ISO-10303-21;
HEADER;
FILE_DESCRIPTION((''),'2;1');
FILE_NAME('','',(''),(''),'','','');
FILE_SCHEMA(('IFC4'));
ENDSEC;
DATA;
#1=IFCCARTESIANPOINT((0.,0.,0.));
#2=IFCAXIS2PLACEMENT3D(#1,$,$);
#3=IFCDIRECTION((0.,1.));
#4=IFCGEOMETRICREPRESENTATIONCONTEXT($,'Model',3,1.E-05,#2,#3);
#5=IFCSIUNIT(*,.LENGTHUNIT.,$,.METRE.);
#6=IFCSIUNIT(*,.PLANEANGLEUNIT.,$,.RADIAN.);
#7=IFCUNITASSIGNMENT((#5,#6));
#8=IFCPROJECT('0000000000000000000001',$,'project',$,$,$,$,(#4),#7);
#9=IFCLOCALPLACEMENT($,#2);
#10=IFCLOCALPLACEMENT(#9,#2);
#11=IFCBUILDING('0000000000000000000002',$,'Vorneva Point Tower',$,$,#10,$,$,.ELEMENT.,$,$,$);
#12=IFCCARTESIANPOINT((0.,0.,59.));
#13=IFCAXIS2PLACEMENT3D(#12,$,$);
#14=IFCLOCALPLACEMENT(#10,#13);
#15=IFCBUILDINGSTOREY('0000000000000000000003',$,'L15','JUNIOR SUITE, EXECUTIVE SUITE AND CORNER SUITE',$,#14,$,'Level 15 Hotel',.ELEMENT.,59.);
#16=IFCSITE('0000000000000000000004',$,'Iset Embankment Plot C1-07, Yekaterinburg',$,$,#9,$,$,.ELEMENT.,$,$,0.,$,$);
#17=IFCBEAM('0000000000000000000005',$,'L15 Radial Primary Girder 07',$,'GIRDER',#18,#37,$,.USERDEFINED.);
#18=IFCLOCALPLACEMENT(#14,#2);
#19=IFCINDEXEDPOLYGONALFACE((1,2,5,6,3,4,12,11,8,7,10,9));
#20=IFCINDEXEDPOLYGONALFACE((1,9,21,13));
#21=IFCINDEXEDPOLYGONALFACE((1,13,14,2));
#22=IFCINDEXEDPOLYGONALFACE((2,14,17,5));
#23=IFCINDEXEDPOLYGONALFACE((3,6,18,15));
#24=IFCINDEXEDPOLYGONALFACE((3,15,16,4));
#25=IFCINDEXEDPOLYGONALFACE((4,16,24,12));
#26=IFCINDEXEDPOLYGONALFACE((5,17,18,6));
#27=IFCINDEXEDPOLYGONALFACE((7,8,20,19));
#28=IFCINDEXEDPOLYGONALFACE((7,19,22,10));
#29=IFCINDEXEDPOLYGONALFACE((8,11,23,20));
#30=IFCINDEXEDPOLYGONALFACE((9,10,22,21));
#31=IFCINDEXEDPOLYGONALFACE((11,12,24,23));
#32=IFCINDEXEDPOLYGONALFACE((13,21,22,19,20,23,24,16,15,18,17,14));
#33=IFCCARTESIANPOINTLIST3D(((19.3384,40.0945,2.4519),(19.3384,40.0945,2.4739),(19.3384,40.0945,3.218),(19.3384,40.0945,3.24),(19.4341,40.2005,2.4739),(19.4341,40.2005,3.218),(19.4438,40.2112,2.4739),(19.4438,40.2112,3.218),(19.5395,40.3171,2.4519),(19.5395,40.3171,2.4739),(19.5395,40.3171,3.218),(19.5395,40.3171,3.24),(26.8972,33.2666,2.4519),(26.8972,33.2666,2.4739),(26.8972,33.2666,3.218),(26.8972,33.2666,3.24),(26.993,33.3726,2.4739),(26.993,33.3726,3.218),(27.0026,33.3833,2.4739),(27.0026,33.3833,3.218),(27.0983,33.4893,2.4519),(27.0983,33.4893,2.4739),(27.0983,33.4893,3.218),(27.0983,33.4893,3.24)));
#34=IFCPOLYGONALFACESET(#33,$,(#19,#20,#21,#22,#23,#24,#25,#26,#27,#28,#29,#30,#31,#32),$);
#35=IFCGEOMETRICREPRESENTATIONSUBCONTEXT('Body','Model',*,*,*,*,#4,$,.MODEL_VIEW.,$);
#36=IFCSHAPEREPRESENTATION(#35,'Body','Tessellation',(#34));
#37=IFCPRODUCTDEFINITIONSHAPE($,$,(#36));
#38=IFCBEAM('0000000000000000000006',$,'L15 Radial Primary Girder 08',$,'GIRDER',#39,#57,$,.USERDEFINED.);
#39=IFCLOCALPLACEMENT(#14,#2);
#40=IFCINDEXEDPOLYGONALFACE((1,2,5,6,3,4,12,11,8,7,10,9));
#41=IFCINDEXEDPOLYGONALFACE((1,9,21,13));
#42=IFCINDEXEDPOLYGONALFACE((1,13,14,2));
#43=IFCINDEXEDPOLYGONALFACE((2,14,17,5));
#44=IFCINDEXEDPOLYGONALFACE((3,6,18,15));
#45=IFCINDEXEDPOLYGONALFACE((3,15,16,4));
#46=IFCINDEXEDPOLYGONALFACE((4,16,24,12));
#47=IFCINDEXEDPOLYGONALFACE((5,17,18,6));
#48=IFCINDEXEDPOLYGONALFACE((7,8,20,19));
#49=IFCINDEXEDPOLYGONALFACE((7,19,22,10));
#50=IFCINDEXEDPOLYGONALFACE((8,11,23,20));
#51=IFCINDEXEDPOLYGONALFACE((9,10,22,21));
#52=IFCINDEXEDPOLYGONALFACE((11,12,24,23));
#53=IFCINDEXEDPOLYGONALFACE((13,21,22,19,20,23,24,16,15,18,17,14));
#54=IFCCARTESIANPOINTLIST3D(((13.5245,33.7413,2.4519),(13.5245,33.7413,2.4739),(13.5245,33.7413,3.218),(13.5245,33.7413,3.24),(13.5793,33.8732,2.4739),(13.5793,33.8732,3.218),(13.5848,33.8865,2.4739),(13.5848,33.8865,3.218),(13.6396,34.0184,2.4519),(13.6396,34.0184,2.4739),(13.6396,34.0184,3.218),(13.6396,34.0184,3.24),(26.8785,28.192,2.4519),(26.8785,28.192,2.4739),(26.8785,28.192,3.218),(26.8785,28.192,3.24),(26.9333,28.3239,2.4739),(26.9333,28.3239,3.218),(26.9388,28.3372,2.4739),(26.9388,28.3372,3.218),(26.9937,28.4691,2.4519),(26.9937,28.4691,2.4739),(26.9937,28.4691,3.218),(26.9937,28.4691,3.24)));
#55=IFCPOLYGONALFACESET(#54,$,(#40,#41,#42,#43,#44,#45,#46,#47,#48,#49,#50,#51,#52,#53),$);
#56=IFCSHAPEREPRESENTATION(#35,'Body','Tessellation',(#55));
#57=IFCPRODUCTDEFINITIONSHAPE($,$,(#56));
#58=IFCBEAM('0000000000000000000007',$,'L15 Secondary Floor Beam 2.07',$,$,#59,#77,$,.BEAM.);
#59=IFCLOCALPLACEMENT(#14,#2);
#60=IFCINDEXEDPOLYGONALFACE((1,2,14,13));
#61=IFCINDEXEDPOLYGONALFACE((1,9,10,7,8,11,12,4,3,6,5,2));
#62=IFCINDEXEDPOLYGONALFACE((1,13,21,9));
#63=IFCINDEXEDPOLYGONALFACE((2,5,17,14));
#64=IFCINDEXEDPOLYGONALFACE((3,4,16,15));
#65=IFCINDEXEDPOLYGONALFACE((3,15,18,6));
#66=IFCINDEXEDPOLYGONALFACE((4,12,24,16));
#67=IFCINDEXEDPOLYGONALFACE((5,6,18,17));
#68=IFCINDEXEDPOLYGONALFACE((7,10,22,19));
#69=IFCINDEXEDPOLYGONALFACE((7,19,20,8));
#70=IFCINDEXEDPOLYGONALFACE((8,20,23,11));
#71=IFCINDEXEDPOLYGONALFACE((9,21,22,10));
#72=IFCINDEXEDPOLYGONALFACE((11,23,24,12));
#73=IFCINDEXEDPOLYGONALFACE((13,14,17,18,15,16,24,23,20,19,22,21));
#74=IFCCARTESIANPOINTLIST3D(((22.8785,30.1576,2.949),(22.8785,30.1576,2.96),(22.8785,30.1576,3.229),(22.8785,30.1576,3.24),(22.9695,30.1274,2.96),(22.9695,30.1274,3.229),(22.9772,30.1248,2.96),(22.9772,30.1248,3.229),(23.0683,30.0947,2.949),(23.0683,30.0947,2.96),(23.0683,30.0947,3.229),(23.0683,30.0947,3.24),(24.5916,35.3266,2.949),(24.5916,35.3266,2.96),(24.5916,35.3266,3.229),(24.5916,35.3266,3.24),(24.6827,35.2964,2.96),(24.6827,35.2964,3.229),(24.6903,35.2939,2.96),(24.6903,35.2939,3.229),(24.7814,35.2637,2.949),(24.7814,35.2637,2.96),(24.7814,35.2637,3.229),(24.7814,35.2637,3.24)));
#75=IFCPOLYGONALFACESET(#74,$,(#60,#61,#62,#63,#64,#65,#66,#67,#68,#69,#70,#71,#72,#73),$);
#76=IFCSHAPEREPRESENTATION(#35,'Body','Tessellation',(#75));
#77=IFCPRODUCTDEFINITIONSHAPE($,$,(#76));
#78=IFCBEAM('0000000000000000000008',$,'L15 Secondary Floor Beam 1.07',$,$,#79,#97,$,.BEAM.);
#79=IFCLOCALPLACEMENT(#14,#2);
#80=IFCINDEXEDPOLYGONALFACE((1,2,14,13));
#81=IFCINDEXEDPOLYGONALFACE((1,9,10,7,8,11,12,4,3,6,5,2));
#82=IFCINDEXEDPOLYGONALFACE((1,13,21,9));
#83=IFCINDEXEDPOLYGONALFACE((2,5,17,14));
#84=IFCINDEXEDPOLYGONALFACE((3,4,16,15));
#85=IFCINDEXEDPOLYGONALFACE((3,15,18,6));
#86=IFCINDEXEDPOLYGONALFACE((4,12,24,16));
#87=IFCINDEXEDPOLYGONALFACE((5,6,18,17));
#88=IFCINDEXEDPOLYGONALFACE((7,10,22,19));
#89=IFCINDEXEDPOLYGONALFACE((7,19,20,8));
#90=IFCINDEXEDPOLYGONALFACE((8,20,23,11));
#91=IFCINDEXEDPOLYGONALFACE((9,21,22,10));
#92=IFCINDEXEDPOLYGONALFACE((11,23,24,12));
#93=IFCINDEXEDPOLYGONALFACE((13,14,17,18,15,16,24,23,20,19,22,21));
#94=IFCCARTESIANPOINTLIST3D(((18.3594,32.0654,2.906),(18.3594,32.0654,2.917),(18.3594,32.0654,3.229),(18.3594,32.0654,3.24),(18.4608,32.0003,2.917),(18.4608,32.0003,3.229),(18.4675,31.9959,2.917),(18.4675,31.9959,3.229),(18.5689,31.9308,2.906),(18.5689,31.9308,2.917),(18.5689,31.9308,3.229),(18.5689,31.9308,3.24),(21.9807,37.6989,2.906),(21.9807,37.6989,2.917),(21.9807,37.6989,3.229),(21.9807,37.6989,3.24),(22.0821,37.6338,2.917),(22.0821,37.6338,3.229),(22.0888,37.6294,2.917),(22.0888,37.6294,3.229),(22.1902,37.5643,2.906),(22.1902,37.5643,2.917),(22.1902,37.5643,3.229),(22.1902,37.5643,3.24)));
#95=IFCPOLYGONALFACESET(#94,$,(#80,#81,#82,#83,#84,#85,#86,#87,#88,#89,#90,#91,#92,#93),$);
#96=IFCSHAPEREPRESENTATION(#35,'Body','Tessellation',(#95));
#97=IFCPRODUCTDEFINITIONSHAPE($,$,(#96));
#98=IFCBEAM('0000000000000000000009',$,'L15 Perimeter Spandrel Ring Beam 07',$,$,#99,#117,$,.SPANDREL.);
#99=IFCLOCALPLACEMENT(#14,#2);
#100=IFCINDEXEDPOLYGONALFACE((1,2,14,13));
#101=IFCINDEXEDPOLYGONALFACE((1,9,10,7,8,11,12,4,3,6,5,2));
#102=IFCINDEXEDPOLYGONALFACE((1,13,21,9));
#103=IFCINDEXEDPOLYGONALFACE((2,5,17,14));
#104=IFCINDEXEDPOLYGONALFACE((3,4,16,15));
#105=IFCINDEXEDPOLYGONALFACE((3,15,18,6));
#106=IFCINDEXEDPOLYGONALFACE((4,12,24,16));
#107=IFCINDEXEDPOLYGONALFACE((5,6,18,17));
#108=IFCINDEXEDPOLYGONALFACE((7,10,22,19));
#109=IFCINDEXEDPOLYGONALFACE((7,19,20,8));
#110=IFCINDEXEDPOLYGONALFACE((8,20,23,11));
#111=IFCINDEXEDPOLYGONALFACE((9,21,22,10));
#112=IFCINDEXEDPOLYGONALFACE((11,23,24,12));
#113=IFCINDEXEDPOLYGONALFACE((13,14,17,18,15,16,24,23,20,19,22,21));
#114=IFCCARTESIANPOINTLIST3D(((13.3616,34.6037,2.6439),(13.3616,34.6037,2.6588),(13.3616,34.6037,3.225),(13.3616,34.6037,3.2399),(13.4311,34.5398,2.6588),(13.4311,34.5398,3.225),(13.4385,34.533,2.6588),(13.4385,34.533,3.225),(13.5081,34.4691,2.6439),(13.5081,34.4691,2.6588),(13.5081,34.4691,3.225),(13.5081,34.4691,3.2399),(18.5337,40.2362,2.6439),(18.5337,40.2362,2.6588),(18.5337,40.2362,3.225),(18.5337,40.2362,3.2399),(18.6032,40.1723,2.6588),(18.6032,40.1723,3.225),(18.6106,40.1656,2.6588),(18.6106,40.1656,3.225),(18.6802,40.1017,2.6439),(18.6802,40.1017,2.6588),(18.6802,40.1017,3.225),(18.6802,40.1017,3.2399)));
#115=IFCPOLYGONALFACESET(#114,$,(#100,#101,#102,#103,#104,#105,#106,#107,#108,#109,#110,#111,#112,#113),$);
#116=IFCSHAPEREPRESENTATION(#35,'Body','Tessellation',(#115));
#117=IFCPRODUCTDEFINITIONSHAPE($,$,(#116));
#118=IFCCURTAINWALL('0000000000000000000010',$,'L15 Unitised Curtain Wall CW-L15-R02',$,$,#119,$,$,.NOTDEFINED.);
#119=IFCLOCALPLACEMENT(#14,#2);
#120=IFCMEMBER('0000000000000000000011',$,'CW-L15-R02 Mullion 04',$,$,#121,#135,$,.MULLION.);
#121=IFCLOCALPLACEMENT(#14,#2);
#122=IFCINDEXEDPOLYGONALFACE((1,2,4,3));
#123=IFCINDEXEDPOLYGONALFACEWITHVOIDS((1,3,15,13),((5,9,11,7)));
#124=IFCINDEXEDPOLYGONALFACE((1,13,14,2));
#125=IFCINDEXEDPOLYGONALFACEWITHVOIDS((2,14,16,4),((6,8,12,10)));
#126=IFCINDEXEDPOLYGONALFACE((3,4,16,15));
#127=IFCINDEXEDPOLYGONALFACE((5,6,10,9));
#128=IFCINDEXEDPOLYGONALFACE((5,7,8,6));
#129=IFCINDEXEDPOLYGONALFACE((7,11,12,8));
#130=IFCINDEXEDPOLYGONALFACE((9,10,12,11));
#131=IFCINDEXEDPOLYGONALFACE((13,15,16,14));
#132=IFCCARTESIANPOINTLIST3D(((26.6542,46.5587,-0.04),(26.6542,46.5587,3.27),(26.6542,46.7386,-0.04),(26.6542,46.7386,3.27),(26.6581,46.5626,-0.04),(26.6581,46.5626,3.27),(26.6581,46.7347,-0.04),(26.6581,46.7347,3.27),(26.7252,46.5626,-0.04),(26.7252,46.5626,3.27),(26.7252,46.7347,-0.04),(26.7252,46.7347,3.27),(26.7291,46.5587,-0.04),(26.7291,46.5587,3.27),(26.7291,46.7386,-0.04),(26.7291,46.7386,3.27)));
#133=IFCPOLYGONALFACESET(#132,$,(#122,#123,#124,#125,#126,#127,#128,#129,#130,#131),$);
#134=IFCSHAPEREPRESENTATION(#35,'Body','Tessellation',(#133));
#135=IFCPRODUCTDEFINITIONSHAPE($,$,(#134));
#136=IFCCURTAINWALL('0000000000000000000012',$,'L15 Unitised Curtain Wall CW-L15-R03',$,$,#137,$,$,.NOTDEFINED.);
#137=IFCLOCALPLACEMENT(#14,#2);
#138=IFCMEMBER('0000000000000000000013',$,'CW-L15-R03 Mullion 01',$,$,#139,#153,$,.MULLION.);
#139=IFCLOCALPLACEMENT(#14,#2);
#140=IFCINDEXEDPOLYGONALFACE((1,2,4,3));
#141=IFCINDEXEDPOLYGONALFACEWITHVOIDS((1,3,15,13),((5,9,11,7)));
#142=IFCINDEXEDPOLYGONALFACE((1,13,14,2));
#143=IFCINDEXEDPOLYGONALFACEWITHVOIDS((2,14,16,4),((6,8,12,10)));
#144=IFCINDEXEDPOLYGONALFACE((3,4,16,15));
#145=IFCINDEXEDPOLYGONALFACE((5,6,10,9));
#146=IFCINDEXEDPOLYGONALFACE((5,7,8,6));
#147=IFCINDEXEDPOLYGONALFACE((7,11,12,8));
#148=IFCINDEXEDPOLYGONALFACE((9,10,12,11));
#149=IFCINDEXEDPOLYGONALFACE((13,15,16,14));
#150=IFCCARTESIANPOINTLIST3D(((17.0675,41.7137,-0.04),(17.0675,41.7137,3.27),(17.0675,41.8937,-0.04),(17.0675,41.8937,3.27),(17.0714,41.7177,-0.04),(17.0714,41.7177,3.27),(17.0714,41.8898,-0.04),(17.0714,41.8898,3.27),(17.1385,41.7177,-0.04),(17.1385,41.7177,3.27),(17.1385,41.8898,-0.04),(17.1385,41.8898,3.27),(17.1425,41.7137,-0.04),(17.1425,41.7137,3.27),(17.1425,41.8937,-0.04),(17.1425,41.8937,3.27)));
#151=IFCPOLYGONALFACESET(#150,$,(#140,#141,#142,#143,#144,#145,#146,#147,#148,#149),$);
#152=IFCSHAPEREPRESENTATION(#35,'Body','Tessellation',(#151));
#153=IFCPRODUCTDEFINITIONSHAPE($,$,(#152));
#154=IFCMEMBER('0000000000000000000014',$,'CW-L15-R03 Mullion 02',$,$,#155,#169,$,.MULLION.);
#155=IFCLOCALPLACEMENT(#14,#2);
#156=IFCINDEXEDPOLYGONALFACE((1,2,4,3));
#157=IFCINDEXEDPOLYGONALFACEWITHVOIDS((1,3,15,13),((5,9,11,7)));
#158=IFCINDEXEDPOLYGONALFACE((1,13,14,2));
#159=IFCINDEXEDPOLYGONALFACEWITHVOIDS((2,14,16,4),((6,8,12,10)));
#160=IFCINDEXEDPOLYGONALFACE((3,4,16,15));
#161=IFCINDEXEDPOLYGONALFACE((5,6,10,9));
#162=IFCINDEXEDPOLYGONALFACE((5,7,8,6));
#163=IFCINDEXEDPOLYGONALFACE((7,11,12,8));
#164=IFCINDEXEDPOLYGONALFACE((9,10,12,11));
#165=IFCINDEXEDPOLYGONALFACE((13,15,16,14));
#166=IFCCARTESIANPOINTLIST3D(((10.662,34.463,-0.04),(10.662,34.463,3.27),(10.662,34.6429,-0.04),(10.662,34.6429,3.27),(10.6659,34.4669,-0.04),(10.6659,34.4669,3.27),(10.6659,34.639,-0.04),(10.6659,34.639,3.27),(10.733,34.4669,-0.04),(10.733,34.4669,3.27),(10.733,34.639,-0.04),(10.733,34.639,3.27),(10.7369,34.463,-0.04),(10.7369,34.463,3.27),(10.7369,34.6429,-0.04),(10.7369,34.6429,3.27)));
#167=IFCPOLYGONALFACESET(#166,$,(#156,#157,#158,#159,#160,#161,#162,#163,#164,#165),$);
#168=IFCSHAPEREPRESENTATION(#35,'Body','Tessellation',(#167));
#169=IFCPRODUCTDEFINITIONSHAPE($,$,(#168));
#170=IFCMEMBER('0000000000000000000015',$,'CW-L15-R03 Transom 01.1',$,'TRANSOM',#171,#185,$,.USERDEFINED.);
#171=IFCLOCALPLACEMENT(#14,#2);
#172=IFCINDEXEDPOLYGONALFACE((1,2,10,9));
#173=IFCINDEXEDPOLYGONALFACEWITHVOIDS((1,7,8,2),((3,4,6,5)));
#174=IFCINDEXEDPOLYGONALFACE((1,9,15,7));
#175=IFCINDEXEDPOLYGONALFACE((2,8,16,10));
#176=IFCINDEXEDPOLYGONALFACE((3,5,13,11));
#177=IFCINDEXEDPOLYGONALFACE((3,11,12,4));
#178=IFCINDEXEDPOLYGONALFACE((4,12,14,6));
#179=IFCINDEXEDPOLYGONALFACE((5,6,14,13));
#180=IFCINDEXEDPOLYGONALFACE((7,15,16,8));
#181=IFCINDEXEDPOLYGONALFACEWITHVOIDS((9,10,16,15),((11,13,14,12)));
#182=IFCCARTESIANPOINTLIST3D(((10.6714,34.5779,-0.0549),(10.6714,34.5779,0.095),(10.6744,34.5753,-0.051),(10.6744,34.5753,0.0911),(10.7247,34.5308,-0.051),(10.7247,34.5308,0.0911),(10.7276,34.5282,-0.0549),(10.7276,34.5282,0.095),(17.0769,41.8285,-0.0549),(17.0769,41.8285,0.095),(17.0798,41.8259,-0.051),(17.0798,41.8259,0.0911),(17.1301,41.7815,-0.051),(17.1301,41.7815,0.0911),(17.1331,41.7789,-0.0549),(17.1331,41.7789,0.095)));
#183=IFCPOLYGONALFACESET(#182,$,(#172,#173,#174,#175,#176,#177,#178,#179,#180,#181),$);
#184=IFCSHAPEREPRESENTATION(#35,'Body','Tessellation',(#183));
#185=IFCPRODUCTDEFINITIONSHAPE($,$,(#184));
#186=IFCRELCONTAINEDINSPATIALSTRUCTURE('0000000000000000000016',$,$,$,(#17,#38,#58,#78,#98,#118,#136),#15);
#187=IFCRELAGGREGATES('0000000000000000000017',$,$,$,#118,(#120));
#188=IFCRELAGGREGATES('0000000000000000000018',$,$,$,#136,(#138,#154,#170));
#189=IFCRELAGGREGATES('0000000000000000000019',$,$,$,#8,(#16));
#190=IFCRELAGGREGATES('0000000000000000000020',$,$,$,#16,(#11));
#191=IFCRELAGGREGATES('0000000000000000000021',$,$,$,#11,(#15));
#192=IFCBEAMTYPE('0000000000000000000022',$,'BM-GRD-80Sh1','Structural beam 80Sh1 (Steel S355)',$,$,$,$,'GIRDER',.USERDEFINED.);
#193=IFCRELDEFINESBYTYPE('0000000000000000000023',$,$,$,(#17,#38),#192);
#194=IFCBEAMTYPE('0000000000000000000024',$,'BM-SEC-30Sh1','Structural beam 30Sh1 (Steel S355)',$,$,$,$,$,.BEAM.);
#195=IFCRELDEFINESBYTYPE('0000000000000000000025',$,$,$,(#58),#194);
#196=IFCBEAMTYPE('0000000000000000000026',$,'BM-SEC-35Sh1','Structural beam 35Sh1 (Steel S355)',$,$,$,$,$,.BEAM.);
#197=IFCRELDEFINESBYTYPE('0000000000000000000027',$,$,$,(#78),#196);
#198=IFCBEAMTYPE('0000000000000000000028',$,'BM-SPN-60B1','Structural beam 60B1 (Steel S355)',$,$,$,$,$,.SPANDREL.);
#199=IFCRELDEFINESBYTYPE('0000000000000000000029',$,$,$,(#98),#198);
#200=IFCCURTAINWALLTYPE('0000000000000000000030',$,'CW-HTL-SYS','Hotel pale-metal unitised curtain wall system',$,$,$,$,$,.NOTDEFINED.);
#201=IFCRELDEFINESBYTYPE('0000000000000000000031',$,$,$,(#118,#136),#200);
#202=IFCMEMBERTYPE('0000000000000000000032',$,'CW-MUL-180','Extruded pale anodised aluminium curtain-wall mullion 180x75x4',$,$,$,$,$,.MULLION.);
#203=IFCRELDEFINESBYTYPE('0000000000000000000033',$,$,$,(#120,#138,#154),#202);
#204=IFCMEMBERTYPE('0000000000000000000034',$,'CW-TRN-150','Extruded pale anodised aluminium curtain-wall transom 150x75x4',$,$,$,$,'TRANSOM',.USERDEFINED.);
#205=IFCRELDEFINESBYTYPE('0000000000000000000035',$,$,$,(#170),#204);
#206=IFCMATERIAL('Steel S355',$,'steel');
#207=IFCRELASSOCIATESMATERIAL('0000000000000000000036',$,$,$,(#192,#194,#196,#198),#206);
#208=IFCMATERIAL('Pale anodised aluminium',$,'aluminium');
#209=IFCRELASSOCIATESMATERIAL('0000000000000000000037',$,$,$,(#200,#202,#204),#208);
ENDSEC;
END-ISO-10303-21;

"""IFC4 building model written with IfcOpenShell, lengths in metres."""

from ifc_helpers import new_model, si_unit, direction, frame, origin, origin_2d, place, context, subcontext, project, spatial, hollow_rectangle, i_section, extrude, material, material_profile, profile_set, type_object, element, aggregate, save


model = new_model("IFC4")

# Units and contexts
model_context = context("Model", 3, precision=1e-05, world=origin(), true_north=direction((0.0, 1.0)))
body_context = subcontext(model_context, "Body", "Model", "MODEL_VIEW")
ifc_project = project(units=[si_unit("LENGTHUNIT", "METRE"), si_unit("PLANEANGLEUNIT", "RADIAN")], contexts=[model_context])

# Site, building, storey
site_placement = place(None, origin())
site = spatial("IfcSite", under=ifc_project, at=site_placement, Name="Iset Embankment Plot C1-07, Yekaterinburg", CompositionType="ELEMENT", RefElevation=0.0)
building_placement = place(site_placement, origin())
building = spatial("IfcBuilding", under=site, at=building_placement, Name="Vorneva Point Tower", CompositionType="ELEMENT")
storey_placement = place(building_placement, frame((0.0, 0.0, 59.0)))
storey = spatial("IfcBuildingStorey", under=building, at=storey_placement, Name="L15", Description="JUNIOR SUITE, EXECUTIVE SUITE AND CORNER SUITE", LongName="Level 15 Hotel", CompositionType="ELEMENT", Elevation=59.0)

# Beams
ifc_material_1 = material(Name="Steel S355", Category="steel")
ifc_material_profile_1 = material_profile(ifc_material_1, i_section(OverallWidth=0.3, OverallDepth=0.7881, WebThickness=0.0144, FlangeThickness=0.022, at=origin_2d()), Name="80Sh1")
ifc_profile_set_1 = profile_set([ifc_material_profile_1], Name="Steel S355")
beam_type_1 = type_object("IfcBeamType", Name="BM-GRD-80Sh1", Description="Structural beam 80Sh1 (Steel S355)", ElementType="GIRDER", PredefinedType="USERDEFINED", material=ifc_profile_set_1)
beam_1_placement = place(storey_placement, frame((19.439, 40.2058, 2.8459), z_axis=(0.742076, -0.670316, 0.0), x_axis=(0.670316, 0.742076, 0.0)))
element("IfcBeam", 1, at=beam_1_placement, inside=storey, type_object=beam_type_1, Name="L15 Radial Primary Girder 07", ObjectType="GIRDER", PredefinedType="USERDEFINED", context=body_context, shape_type="SweptSolid", body=[
    extrude(i_section(OverallWidth=0.3, OverallDepth=0.7881, WebThickness=0.0144, FlangeThickness=0.022, at=origin_2d()), origin(), (0.0, 0.0, 1.0), 10.186),
])
beam_2_placement = place(storey_placement, frame((13.582, 33.8799, 2.8459), z_axis=(0.923441, -0.38374, 0.0), x_axis=(0.38374, 0.923441, 0.0)))
element("IfcBeam", 2, at=beam_2_placement, inside=storey, type_object=beam_type_1, Name="L15 Radial Primary Girder 08", ObjectType="GIRDER", PredefinedType="USERDEFINED", context=body_context, shape_type="SweptSolid", body=[
    extrude(i_section(OverallWidth=0.3, OverallDepth=0.7881, WebThickness=0.0144, FlangeThickness=0.022, at=origin_2d()), origin(), (0.0, 0.0, 1.0), 14.4612),
])
ifc_material_profile_2 = material_profile(ifc_material_1, i_section(OverallWidth=0.2, OverallDepth=0.291, WebThickness=0.0081, FlangeThickness=0.011, at=origin_2d()), Name="30Sh1")
ifc_profile_set_2 = profile_set([ifc_material_profile_2], Name="Steel S355")
beam_type_2 = type_object("IfcBeamType", Name="BM-SEC-30Sh1", Description="Structural beam 30Sh1 (Steel S355)", PredefinedType="BEAM", material=ifc_profile_set_2)
beam_3_placement = place(storey_placement, frame((24.6865, 35.2952, 3.0945), z_axis=(-0.3146, -0.949224, 0.0), x_axis=(0.949224, -0.3146, 0.0)))
element("IfcBeam", 3, at=beam_3_placement, inside=storey, type_object=beam_type_2, Name="L15 Secondary Floor Beam 2.07", PredefinedType="BEAM", context=body_context, shape_type="SweptSolid", body=[
    extrude(i_section(OverallWidth=0.2, OverallDepth=0.291, WebThickness=0.0081, FlangeThickness=0.011, at=origin_2d()), origin(), (0.0, 0.0, 1.0), 5.4456),
])
ifc_material_profile_3 = material_profile(ifc_material_1, i_section(OverallWidth=0.249, OverallDepth=0.334, WebThickness=0.0081, FlangeThickness=0.011, at=origin_2d()), Name="35Sh1")
ifc_profile_set_3 = profile_set([ifc_material_profile_3], Name="Steel S355")
beam_type_3 = type_object("IfcBeamType", Name="BM-SEC-35Sh1", Description="Structural beam 35Sh1 (Steel S355)", PredefinedType="BEAM", material=ifc_profile_set_3)
beam_4_placement = place(storey_placement, frame((22.0854, 37.6316, 3.073), z_axis=(-0.540734, -0.841194, 0.0), x_axis=(0.841194, -0.540734, 0.0)))
element("IfcBeam", 4, at=beam_4_placement, inside=storey, type_object=beam_type_3, Name="L15 Secondary Floor Beam 1.07", PredefinedType="BEAM", context=body_context, shape_type="SweptSolid", body=[
    extrude(i_section(OverallWidth=0.249, OverallDepth=0.334, WebThickness=0.0081, FlangeThickness=0.011, at=origin_2d()), origin(), (0.0, 0.0, 1.0), 6.697),
])
ifc_material_profile_4 = material_profile(ifc_material_1, i_section(OverallWidth=0.199, OverallDepth=0.5959, WebThickness=0.01, FlangeThickness=0.0149, at=origin_2d()), Name="60B1")
ifc_profile_set_4 = profile_set([ifc_material_profile_4], Name="Steel S355")
beam_type_4 = type_object("IfcBeamType", Name="BM-SPN-60B1", Description="Structural beam 60B1 (Steel S355)", PredefinedType="SPANDREL", material=ifc_profile_set_4)
beam_5_placement = place(storey_placement, frame((18.6069, 40.1689, 2.9419), z_axis=(-0.676359, -0.736572, 0.0), x_axis=(0.736572, -0.676359, 0.0)))
element("IfcBeam", 5, at=beam_5_placement, inside=storey, type_object=beam_type_4, Name="L15 Perimeter Spandrel Ring Beam 07", PredefinedType="SPANDREL", context=body_context, shape_type="SweptSolid", body=[
    extrude(i_section(OverallWidth=0.199, OverallDepth=0.5959, WebThickness=0.01, FlangeThickness=0.0149, at=origin_2d()), origin(), (0.0, 0.0, 1.0), 7.647),
])

# Curtain wall, member
ifc_material_2 = material(Name="Pale anodised aluminium", Category="aluminium")
curtain_wall_type = type_object("IfcCurtainWallType", Name="CW-HTL-SYS", Description="Hotel pale-metal unitised curtain wall system", PredefinedType="NOTDEFINED", material=ifc_material_2)
curtain_wall_1_placement = place(storey_placement, origin())
curtain_wall_1 = element("IfcCurtainWall", 6, at=curtain_wall_1_placement, inside=storey, type_object=curtain_wall_type, Name="L15 Unitised Curtain Wall CW-L15-R02", PredefinedType="NOTDEFINED")
ifc_material_profile_5 = material_profile(ifc_material_2, hollow_rectangle(XDim=0.075, YDim=0.1799, WallThickness=0.0039, at=origin_2d()), Name="AL-MUL 180x75x4")
ifc_profile_set_5 = profile_set([ifc_material_profile_5], Name="Pale anodised aluminium")
member_type_1 = type_object("IfcMemberType", Name="CW-MUL-180", Description="Extruded pale anodised aluminium curtain-wall mullion 180x75x4", PredefinedType="MULLION", material=ifc_profile_set_5)
member_1_placement = place(storey_placement, frame((26.6917, 46.6487, -0.04), z_axis=(0.0, 0.0, 1.0), x_axis=(1.0, 0.0, 0.0)))
member_1 = element("IfcMember", 7, at=member_1_placement, type_object=member_type_1, Name="CW-L15-R02 Mullion 04", PredefinedType="MULLION", context=body_context, shape_type="SweptSolid", body=[
    extrude(hollow_rectangle(XDim=0.075, YDim=0.1799, WallThickness=0.0039, at=origin_2d()), origin(), (0.0, 0.0, 1.0), 3.3101),
])
aggregate(curtain_wall_1, [member_1])

# Curtain wall, members
curtain_wall_2_placement = place(storey_placement, origin())
curtain_wall_2 = element("IfcCurtainWall", 8, at=curtain_wall_2_placement, inside=storey, type_object=curtain_wall_type, Name="L15 Unitised Curtain Wall CW-L15-R03", PredefinedType="NOTDEFINED")
member_2_placement = place(storey_placement, frame((17.105, 41.8037, -0.04), z_axis=(0.0, 0.0, 1.0), x_axis=(1.0, 0.0, 0.0)))
member_2 = element("IfcMember", 9, at=member_2_placement, type_object=member_type_1, Name="CW-L15-R03 Mullion 01", PredefinedType="MULLION", context=body_context, shape_type="SweptSolid", body=[
    extrude(hollow_rectangle(XDim=0.075, YDim=0.1799, WallThickness=0.0039, at=origin_2d()), origin(), (0.0, 0.0, 1.0), 3.3101),
])
member_3_placement = place(storey_placement, frame((10.6995, 34.553, -0.04), z_axis=(0.0, 0.0, 1.0), x_axis=(1.0, 0.0, 0.0)))
member_3 = element("IfcMember", 10, at=member_3_placement, type_object=member_type_1, Name="CW-L15-R03 Mullion 02", PredefinedType="MULLION", context=body_context, shape_type="SweptSolid", body=[
    extrude(hollow_rectangle(XDim=0.075, YDim=0.1799, WallThickness=0.0039, at=origin_2d()), origin(), (0.0, 0.0, 1.0), 3.3101),
])
ifc_material_profile_6 = material_profile(ifc_material_2, hollow_rectangle(XDim=0.075, YDim=0.1499, WallThickness=0.0039, at=origin_2d()), Name="AL-TRN 150x75x4")
ifc_profile_set_6 = profile_set([ifc_material_profile_6], Name="Pale anodised aluminium")
member_type_2 = type_object("IfcMemberType", Name="CW-TRN-150", Description="Extruded pale anodised aluminium curtain-wall transom 150x75x4", ElementType="TRANSOM", PredefinedType="USERDEFINED", material=ifc_profile_set_6)
member_4_placement = place(storey_placement, frame((17.105, 41.8037, 0.02), z_axis=(-0.662076, -0.749437, 0.0), x_axis=(0.749437, -0.662076, 0.0)))
member_4 = element("IfcMember", 11, at=member_4_placement, type_object=member_type_2, Name="CW-L15-R03 Transom 01.1", ObjectType="TRANSOM", PredefinedType="USERDEFINED", context=body_context, shape_type="SweptSolid", body=[
    extrude(hollow_rectangle(XDim=0.075, YDim=0.1499, WallThickness=0.0039, at=origin_2d()), origin(), (0.0, 0.0, 1.0), 9.6748),
])
aggregate(curtain_wall_2, [member_2, member_3, member_4])

save(model, "model.ifc")
